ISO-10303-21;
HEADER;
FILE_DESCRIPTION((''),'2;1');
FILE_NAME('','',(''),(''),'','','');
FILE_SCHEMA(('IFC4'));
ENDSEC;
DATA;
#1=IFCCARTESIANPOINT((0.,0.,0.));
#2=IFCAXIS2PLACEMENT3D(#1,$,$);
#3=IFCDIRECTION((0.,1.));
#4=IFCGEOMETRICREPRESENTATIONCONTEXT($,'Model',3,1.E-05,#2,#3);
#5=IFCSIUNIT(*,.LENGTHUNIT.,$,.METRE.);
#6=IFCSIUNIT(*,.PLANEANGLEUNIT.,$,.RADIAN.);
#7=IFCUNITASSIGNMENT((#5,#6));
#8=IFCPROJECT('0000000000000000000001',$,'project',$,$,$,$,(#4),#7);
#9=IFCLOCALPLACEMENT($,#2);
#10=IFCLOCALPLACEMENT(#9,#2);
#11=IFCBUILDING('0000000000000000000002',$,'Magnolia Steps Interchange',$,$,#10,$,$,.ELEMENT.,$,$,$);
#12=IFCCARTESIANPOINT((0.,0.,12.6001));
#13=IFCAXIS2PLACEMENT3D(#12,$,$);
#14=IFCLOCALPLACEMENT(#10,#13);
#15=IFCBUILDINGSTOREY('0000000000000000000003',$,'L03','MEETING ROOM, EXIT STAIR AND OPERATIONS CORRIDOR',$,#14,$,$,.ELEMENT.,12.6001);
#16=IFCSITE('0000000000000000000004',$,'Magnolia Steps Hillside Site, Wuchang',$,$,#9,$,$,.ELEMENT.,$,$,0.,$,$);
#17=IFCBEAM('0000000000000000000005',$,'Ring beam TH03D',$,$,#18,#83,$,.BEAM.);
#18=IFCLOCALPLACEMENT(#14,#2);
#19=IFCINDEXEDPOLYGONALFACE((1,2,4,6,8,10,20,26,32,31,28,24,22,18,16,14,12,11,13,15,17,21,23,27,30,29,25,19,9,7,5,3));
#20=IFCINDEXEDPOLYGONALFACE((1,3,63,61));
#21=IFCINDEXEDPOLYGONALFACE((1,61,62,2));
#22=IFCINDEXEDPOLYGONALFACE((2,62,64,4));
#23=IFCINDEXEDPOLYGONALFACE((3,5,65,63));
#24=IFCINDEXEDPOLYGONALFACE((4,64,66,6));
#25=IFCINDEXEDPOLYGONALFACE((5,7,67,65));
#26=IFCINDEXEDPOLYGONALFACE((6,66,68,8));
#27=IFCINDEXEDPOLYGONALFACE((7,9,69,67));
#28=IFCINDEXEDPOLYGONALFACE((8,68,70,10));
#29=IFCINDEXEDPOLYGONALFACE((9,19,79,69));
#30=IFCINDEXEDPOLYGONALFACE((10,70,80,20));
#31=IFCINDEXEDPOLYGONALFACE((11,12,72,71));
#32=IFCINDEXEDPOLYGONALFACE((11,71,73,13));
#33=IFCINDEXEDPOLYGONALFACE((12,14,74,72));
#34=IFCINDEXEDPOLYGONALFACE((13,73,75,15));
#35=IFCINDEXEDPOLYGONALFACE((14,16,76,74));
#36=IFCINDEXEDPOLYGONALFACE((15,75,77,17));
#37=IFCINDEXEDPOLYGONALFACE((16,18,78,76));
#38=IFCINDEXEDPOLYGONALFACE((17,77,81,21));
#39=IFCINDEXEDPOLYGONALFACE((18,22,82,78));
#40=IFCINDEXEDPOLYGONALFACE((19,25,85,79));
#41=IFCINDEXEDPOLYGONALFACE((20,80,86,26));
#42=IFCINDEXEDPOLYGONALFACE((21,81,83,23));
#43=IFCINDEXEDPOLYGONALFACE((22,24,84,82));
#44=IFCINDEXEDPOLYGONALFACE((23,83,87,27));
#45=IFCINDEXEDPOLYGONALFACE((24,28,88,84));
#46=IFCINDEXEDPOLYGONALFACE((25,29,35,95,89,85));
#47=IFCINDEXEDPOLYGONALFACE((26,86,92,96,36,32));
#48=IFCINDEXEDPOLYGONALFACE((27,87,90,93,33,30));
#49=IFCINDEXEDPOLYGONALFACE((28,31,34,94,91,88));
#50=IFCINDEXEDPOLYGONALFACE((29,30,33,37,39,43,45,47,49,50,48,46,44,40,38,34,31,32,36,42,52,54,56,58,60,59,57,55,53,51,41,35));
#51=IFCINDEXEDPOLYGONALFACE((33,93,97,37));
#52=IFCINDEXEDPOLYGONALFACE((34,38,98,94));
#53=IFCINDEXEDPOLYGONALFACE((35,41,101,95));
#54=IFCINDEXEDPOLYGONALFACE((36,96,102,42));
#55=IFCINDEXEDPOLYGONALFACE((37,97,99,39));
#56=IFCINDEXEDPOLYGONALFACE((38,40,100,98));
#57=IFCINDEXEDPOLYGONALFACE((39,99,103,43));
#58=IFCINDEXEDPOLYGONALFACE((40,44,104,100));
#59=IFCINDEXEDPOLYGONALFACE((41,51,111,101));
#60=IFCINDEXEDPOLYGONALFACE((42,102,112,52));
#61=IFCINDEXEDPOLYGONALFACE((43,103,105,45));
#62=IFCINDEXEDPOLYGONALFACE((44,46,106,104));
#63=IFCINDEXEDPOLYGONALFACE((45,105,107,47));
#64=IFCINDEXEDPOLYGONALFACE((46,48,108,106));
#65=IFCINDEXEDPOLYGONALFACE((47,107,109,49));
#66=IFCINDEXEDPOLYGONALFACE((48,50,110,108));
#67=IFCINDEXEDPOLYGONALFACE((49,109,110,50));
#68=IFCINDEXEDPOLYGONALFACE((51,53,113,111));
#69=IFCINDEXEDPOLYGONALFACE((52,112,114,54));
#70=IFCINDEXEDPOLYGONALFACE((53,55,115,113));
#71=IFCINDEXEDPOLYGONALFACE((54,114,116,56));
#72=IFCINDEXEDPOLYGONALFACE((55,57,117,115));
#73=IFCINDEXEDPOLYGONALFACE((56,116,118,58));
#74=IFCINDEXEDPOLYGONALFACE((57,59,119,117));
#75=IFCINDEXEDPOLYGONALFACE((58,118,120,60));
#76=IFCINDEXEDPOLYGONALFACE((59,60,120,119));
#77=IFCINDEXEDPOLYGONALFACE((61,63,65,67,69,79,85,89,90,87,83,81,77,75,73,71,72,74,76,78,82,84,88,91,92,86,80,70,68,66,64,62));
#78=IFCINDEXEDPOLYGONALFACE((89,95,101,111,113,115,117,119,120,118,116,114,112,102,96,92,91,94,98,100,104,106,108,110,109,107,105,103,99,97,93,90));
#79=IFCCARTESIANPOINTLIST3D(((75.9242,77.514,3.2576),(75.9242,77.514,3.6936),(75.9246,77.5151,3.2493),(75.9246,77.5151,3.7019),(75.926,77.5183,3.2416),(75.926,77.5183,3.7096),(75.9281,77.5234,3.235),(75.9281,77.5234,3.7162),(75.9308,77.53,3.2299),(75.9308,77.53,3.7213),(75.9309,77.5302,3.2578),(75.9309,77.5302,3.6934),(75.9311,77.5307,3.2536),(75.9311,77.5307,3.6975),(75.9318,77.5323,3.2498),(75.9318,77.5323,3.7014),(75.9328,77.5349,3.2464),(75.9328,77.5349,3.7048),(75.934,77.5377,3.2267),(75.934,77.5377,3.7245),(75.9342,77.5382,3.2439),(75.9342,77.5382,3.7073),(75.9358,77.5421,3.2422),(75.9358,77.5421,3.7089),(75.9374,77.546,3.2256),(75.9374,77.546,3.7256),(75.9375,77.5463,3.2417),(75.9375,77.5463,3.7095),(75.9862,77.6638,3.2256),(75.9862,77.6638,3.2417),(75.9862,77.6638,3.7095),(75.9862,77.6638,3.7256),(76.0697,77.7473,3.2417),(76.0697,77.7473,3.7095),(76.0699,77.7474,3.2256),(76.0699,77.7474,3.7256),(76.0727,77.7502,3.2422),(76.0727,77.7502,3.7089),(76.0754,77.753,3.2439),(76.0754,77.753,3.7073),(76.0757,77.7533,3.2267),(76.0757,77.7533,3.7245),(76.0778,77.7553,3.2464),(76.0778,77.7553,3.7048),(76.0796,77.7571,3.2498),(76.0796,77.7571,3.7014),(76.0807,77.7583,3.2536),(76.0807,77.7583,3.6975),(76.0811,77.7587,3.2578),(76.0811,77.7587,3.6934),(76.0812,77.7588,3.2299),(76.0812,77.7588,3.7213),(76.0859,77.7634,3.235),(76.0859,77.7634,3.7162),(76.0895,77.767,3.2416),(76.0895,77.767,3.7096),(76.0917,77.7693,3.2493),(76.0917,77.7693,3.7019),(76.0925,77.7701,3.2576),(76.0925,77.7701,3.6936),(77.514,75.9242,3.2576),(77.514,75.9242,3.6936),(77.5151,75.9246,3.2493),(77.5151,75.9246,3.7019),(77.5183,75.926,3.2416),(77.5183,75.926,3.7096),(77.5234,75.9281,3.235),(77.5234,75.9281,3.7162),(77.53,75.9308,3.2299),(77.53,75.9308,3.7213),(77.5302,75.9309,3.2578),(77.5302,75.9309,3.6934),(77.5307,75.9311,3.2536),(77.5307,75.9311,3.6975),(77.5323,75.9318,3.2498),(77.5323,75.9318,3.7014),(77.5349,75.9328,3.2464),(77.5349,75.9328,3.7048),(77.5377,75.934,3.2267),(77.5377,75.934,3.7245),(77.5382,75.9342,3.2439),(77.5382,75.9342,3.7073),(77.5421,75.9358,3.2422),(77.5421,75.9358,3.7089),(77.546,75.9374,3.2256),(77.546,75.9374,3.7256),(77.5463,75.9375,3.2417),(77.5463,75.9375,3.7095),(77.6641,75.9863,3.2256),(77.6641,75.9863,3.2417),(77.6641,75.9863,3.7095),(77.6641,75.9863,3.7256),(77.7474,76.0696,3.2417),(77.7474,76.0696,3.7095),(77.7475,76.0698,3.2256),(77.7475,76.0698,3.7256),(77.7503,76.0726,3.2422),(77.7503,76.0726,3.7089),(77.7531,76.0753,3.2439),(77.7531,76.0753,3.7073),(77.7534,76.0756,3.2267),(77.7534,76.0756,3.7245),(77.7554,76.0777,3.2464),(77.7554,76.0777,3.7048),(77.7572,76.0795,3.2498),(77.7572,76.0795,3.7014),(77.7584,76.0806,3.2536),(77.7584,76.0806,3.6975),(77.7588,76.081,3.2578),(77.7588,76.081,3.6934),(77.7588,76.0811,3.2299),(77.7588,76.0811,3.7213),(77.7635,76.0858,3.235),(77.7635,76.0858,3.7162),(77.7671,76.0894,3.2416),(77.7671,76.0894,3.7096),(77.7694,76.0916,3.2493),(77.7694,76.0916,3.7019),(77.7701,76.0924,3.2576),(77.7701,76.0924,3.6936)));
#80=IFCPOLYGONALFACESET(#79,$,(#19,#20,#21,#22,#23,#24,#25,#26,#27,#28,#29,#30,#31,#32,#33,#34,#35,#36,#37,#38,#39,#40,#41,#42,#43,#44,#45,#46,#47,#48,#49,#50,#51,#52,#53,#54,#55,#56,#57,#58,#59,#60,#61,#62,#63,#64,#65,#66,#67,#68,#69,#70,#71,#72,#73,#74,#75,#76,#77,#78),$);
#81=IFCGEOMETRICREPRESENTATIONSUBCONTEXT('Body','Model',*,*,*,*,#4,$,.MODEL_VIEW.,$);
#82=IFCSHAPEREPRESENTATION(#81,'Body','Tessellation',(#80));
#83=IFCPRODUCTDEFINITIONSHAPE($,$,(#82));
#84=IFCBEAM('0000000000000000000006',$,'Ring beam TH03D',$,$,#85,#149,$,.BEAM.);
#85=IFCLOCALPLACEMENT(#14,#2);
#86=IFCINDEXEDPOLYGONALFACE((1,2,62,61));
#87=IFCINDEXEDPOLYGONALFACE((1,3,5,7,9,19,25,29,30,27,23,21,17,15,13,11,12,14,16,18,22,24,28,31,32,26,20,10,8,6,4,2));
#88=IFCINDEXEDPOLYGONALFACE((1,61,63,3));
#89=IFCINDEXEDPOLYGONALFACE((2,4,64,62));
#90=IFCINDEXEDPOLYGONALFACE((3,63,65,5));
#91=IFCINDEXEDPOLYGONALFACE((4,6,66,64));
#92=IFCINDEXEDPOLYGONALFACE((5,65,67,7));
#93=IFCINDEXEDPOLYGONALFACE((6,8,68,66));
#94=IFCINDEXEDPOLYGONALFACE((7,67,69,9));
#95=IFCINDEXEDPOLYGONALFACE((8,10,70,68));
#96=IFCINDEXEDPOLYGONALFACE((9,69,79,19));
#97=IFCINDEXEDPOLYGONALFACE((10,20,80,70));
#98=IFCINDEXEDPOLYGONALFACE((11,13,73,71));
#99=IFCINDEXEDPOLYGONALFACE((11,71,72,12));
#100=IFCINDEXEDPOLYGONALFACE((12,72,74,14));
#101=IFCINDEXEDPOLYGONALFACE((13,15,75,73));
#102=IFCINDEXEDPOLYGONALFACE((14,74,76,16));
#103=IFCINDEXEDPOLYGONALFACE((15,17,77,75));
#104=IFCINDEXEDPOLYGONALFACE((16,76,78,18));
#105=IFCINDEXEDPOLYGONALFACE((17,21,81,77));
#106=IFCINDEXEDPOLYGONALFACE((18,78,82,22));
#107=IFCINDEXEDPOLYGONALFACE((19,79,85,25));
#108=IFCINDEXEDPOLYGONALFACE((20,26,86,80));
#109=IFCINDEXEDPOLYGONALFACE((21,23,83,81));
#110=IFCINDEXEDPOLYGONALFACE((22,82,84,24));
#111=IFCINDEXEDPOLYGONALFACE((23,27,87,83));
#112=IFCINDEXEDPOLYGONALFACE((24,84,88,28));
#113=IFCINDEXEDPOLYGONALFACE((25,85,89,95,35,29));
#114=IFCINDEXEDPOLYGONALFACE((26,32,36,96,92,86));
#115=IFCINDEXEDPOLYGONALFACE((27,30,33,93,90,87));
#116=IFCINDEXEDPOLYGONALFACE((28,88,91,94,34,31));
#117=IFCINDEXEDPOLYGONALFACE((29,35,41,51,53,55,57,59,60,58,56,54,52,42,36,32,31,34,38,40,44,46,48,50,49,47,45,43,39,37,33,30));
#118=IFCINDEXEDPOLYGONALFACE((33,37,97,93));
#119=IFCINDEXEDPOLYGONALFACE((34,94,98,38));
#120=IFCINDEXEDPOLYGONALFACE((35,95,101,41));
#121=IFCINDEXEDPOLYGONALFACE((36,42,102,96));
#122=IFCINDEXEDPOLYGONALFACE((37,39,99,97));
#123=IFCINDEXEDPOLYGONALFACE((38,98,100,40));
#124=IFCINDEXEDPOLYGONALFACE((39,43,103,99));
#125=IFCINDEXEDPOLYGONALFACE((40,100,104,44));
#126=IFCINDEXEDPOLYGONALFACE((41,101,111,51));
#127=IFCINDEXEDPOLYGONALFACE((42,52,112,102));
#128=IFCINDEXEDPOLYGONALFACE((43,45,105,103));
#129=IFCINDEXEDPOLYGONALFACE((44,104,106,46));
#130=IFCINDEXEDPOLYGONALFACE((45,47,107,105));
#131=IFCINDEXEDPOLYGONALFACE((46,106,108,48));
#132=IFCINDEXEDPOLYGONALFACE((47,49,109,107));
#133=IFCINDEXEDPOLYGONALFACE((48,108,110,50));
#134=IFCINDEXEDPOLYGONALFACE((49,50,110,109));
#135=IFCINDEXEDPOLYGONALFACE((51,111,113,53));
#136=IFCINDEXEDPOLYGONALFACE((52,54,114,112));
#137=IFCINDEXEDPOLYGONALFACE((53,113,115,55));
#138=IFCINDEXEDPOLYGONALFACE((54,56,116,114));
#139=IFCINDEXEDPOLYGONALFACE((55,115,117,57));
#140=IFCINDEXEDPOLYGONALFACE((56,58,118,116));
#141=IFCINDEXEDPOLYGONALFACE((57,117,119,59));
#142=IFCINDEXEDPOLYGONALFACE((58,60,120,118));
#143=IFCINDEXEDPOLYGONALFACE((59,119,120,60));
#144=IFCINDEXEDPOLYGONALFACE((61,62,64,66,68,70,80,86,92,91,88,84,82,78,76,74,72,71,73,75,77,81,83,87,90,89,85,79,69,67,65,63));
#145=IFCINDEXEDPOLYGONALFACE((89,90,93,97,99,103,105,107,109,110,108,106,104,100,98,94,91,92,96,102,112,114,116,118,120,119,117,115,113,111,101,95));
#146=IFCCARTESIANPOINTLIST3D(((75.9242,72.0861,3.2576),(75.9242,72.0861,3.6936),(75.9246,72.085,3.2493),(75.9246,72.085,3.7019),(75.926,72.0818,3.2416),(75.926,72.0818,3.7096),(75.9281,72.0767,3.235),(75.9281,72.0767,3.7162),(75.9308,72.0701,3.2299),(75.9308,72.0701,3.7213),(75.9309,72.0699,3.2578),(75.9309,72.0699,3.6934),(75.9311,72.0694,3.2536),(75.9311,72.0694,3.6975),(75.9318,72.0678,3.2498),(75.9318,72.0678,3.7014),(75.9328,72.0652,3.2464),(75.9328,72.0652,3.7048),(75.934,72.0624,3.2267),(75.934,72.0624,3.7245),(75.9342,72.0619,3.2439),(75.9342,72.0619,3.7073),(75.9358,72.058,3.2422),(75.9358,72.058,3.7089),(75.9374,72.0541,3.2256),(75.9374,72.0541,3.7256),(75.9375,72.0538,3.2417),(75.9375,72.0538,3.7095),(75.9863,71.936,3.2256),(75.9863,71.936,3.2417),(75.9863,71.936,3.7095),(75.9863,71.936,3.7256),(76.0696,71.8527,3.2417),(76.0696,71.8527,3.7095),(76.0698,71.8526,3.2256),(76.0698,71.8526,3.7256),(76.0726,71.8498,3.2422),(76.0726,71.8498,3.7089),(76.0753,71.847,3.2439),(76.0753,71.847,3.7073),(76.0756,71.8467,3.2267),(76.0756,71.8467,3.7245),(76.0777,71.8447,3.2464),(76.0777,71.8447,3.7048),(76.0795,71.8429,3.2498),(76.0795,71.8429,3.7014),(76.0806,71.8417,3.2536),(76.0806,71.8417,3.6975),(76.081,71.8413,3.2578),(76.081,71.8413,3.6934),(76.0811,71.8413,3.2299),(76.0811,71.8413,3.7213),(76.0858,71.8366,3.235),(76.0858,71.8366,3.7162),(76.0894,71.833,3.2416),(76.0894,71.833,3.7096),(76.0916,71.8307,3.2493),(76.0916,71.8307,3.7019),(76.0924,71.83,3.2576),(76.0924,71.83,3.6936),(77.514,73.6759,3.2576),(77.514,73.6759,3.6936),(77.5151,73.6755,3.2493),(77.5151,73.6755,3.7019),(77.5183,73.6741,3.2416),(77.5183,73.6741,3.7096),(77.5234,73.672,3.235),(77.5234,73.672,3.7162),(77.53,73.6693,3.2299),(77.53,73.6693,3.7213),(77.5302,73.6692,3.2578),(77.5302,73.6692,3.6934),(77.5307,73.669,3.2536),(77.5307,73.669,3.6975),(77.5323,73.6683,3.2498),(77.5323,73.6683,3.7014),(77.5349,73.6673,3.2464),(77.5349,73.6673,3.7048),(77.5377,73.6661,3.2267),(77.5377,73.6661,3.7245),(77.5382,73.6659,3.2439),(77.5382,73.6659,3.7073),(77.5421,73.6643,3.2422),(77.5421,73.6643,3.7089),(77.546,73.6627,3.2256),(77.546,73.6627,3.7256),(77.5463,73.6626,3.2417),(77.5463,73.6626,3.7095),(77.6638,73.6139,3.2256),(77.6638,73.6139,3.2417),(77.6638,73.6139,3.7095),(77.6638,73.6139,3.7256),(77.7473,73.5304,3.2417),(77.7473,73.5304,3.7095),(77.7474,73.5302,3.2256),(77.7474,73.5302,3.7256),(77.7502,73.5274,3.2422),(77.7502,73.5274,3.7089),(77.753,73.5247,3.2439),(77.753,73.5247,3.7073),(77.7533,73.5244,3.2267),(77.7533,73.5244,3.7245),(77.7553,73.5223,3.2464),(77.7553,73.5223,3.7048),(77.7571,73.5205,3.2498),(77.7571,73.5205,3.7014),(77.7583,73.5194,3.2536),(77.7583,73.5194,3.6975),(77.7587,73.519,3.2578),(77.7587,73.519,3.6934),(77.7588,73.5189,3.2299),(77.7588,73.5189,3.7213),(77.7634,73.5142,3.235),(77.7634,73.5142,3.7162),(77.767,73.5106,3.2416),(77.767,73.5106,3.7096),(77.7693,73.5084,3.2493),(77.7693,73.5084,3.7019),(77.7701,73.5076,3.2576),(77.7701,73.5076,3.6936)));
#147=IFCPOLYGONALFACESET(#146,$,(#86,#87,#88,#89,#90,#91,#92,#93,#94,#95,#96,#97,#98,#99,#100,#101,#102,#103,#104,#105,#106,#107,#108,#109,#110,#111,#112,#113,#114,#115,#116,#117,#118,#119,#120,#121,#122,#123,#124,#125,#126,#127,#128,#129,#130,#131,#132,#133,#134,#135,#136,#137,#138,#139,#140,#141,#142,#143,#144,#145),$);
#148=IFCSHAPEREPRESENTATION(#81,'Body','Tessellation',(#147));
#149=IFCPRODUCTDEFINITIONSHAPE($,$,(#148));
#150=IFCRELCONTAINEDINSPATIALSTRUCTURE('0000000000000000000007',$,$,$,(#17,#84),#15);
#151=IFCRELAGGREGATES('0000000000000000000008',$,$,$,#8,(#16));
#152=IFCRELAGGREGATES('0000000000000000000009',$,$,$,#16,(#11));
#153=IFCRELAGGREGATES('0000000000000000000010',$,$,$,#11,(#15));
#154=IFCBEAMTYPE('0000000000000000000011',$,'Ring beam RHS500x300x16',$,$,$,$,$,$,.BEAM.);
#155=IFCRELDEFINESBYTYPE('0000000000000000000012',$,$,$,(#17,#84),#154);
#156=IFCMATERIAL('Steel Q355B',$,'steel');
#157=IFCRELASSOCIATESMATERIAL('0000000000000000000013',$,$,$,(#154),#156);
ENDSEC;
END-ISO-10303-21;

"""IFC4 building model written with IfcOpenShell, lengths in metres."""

from ifc_helpers import new_model, si_unit, direction, frame, origin, origin_2d, place, context, subcontext, project, spatial, hollow_rectangle, extrude, clip, halfspace, material, material_profile, profile_set, type_object, element, save


model = new_model("IFC4")

# Units and contexts
model_context = context("Model", 3, precision=1e-05, world=origin(), true_north=direction((0.0, 1.0)))
body_context = subcontext(model_context, "Body", "Model", "MODEL_VIEW")
ifc_project = project(units=[si_unit("LENGTHUNIT", "METRE"), si_unit("PLANEANGLEUNIT", "RADIAN")], contexts=[model_context])

# Site, building, storey
site_placement = place(None, origin())
site = spatial("IfcSite", under=ifc_project, at=site_placement, Name="Magnolia Steps Hillside Site, Wuchang", CompositionType="ELEMENT", RefElevation=0.0)
building_placement = place(site_placement, origin())
building = spatial("IfcBuilding", under=site, at=building_placement, Name="Magnolia Steps Interchange", CompositionType="ELEMENT")
storey_placement = place(building_placement, frame((0.0, 0.0, 12.6001)))
storey = spatial("IfcBuildingStorey", under=building, at=storey_placement, Name="L03", Description="MEETING ROOM, EXIT STAIR AND OPERATIONS CORRIDOR", CompositionType="ELEMENT", Elevation=12.6001)

# Beams
ifc_material_1 = material(Name="Steel Q355B", Category="steel")
ifc_material_profile_1 = material_profile(ifc_material_1, hollow_rectangle(XDim=0.3, YDim=0.5, WallThickness=0.0161, InnerFilletRadius=0.0161, OuterFilletRadius=0.032, at=origin_2d()), Name="RHS500x300x16")
ifc_profile_set_1 = profile_set([ifc_material_profile_1], Name="Steel Q355B")
beam_type_1 = type_object("IfcBeamType", Name="Ring beam RHS500x300x16", PredefinedType="BEAM", material=ifc_profile_set_1)
for number, where, z_axis, x_axis, name in (
    (1, (77.6641, 75.9863, 3.4756), (-0.707107, 0.707107, 0.0), (-0.707107, -0.707107, 0.0), "Ring beam TH03D"),
    (2, (75.9863, 71.936, 3.4756), (0.707107, 0.707107, 0.0), (-0.707107, 0.707107, 0.0), "Ring beam TH03D"),
):
    element("IfcBeam", number, at=place(storey_placement, frame(where, z_axis=z_axis, x_axis=x_axis)), inside=storey, type_object=beam_type_1, Name=name, PredefinedType="BEAM", context=body_context, shape_type="Clipping", body=[
        clip(clip(extrude(hollow_rectangle(XDim=0.3, YDim=0.5, WallThickness=0.0161, InnerFilletRadius=0.0161, OuterFilletRadius=0.032, at=origin_2d()), origin(), (0.0, 0.0, 1.0), 2.3726), halfspace(frame((0.0, 0.0, 0.0), z_axis=(0.382683, 0.0, -0.92388), x_axis=(0.92388, 0.0, 0.382683)), False)), halfspace(frame((0.0, 0.0, 2.3727), z_axis=(0.382683, 0.0, 0.92388), x_axis=(0.92388, 0.0, -0.382683)), False)),
    ])

save(model, "model.ifc")
